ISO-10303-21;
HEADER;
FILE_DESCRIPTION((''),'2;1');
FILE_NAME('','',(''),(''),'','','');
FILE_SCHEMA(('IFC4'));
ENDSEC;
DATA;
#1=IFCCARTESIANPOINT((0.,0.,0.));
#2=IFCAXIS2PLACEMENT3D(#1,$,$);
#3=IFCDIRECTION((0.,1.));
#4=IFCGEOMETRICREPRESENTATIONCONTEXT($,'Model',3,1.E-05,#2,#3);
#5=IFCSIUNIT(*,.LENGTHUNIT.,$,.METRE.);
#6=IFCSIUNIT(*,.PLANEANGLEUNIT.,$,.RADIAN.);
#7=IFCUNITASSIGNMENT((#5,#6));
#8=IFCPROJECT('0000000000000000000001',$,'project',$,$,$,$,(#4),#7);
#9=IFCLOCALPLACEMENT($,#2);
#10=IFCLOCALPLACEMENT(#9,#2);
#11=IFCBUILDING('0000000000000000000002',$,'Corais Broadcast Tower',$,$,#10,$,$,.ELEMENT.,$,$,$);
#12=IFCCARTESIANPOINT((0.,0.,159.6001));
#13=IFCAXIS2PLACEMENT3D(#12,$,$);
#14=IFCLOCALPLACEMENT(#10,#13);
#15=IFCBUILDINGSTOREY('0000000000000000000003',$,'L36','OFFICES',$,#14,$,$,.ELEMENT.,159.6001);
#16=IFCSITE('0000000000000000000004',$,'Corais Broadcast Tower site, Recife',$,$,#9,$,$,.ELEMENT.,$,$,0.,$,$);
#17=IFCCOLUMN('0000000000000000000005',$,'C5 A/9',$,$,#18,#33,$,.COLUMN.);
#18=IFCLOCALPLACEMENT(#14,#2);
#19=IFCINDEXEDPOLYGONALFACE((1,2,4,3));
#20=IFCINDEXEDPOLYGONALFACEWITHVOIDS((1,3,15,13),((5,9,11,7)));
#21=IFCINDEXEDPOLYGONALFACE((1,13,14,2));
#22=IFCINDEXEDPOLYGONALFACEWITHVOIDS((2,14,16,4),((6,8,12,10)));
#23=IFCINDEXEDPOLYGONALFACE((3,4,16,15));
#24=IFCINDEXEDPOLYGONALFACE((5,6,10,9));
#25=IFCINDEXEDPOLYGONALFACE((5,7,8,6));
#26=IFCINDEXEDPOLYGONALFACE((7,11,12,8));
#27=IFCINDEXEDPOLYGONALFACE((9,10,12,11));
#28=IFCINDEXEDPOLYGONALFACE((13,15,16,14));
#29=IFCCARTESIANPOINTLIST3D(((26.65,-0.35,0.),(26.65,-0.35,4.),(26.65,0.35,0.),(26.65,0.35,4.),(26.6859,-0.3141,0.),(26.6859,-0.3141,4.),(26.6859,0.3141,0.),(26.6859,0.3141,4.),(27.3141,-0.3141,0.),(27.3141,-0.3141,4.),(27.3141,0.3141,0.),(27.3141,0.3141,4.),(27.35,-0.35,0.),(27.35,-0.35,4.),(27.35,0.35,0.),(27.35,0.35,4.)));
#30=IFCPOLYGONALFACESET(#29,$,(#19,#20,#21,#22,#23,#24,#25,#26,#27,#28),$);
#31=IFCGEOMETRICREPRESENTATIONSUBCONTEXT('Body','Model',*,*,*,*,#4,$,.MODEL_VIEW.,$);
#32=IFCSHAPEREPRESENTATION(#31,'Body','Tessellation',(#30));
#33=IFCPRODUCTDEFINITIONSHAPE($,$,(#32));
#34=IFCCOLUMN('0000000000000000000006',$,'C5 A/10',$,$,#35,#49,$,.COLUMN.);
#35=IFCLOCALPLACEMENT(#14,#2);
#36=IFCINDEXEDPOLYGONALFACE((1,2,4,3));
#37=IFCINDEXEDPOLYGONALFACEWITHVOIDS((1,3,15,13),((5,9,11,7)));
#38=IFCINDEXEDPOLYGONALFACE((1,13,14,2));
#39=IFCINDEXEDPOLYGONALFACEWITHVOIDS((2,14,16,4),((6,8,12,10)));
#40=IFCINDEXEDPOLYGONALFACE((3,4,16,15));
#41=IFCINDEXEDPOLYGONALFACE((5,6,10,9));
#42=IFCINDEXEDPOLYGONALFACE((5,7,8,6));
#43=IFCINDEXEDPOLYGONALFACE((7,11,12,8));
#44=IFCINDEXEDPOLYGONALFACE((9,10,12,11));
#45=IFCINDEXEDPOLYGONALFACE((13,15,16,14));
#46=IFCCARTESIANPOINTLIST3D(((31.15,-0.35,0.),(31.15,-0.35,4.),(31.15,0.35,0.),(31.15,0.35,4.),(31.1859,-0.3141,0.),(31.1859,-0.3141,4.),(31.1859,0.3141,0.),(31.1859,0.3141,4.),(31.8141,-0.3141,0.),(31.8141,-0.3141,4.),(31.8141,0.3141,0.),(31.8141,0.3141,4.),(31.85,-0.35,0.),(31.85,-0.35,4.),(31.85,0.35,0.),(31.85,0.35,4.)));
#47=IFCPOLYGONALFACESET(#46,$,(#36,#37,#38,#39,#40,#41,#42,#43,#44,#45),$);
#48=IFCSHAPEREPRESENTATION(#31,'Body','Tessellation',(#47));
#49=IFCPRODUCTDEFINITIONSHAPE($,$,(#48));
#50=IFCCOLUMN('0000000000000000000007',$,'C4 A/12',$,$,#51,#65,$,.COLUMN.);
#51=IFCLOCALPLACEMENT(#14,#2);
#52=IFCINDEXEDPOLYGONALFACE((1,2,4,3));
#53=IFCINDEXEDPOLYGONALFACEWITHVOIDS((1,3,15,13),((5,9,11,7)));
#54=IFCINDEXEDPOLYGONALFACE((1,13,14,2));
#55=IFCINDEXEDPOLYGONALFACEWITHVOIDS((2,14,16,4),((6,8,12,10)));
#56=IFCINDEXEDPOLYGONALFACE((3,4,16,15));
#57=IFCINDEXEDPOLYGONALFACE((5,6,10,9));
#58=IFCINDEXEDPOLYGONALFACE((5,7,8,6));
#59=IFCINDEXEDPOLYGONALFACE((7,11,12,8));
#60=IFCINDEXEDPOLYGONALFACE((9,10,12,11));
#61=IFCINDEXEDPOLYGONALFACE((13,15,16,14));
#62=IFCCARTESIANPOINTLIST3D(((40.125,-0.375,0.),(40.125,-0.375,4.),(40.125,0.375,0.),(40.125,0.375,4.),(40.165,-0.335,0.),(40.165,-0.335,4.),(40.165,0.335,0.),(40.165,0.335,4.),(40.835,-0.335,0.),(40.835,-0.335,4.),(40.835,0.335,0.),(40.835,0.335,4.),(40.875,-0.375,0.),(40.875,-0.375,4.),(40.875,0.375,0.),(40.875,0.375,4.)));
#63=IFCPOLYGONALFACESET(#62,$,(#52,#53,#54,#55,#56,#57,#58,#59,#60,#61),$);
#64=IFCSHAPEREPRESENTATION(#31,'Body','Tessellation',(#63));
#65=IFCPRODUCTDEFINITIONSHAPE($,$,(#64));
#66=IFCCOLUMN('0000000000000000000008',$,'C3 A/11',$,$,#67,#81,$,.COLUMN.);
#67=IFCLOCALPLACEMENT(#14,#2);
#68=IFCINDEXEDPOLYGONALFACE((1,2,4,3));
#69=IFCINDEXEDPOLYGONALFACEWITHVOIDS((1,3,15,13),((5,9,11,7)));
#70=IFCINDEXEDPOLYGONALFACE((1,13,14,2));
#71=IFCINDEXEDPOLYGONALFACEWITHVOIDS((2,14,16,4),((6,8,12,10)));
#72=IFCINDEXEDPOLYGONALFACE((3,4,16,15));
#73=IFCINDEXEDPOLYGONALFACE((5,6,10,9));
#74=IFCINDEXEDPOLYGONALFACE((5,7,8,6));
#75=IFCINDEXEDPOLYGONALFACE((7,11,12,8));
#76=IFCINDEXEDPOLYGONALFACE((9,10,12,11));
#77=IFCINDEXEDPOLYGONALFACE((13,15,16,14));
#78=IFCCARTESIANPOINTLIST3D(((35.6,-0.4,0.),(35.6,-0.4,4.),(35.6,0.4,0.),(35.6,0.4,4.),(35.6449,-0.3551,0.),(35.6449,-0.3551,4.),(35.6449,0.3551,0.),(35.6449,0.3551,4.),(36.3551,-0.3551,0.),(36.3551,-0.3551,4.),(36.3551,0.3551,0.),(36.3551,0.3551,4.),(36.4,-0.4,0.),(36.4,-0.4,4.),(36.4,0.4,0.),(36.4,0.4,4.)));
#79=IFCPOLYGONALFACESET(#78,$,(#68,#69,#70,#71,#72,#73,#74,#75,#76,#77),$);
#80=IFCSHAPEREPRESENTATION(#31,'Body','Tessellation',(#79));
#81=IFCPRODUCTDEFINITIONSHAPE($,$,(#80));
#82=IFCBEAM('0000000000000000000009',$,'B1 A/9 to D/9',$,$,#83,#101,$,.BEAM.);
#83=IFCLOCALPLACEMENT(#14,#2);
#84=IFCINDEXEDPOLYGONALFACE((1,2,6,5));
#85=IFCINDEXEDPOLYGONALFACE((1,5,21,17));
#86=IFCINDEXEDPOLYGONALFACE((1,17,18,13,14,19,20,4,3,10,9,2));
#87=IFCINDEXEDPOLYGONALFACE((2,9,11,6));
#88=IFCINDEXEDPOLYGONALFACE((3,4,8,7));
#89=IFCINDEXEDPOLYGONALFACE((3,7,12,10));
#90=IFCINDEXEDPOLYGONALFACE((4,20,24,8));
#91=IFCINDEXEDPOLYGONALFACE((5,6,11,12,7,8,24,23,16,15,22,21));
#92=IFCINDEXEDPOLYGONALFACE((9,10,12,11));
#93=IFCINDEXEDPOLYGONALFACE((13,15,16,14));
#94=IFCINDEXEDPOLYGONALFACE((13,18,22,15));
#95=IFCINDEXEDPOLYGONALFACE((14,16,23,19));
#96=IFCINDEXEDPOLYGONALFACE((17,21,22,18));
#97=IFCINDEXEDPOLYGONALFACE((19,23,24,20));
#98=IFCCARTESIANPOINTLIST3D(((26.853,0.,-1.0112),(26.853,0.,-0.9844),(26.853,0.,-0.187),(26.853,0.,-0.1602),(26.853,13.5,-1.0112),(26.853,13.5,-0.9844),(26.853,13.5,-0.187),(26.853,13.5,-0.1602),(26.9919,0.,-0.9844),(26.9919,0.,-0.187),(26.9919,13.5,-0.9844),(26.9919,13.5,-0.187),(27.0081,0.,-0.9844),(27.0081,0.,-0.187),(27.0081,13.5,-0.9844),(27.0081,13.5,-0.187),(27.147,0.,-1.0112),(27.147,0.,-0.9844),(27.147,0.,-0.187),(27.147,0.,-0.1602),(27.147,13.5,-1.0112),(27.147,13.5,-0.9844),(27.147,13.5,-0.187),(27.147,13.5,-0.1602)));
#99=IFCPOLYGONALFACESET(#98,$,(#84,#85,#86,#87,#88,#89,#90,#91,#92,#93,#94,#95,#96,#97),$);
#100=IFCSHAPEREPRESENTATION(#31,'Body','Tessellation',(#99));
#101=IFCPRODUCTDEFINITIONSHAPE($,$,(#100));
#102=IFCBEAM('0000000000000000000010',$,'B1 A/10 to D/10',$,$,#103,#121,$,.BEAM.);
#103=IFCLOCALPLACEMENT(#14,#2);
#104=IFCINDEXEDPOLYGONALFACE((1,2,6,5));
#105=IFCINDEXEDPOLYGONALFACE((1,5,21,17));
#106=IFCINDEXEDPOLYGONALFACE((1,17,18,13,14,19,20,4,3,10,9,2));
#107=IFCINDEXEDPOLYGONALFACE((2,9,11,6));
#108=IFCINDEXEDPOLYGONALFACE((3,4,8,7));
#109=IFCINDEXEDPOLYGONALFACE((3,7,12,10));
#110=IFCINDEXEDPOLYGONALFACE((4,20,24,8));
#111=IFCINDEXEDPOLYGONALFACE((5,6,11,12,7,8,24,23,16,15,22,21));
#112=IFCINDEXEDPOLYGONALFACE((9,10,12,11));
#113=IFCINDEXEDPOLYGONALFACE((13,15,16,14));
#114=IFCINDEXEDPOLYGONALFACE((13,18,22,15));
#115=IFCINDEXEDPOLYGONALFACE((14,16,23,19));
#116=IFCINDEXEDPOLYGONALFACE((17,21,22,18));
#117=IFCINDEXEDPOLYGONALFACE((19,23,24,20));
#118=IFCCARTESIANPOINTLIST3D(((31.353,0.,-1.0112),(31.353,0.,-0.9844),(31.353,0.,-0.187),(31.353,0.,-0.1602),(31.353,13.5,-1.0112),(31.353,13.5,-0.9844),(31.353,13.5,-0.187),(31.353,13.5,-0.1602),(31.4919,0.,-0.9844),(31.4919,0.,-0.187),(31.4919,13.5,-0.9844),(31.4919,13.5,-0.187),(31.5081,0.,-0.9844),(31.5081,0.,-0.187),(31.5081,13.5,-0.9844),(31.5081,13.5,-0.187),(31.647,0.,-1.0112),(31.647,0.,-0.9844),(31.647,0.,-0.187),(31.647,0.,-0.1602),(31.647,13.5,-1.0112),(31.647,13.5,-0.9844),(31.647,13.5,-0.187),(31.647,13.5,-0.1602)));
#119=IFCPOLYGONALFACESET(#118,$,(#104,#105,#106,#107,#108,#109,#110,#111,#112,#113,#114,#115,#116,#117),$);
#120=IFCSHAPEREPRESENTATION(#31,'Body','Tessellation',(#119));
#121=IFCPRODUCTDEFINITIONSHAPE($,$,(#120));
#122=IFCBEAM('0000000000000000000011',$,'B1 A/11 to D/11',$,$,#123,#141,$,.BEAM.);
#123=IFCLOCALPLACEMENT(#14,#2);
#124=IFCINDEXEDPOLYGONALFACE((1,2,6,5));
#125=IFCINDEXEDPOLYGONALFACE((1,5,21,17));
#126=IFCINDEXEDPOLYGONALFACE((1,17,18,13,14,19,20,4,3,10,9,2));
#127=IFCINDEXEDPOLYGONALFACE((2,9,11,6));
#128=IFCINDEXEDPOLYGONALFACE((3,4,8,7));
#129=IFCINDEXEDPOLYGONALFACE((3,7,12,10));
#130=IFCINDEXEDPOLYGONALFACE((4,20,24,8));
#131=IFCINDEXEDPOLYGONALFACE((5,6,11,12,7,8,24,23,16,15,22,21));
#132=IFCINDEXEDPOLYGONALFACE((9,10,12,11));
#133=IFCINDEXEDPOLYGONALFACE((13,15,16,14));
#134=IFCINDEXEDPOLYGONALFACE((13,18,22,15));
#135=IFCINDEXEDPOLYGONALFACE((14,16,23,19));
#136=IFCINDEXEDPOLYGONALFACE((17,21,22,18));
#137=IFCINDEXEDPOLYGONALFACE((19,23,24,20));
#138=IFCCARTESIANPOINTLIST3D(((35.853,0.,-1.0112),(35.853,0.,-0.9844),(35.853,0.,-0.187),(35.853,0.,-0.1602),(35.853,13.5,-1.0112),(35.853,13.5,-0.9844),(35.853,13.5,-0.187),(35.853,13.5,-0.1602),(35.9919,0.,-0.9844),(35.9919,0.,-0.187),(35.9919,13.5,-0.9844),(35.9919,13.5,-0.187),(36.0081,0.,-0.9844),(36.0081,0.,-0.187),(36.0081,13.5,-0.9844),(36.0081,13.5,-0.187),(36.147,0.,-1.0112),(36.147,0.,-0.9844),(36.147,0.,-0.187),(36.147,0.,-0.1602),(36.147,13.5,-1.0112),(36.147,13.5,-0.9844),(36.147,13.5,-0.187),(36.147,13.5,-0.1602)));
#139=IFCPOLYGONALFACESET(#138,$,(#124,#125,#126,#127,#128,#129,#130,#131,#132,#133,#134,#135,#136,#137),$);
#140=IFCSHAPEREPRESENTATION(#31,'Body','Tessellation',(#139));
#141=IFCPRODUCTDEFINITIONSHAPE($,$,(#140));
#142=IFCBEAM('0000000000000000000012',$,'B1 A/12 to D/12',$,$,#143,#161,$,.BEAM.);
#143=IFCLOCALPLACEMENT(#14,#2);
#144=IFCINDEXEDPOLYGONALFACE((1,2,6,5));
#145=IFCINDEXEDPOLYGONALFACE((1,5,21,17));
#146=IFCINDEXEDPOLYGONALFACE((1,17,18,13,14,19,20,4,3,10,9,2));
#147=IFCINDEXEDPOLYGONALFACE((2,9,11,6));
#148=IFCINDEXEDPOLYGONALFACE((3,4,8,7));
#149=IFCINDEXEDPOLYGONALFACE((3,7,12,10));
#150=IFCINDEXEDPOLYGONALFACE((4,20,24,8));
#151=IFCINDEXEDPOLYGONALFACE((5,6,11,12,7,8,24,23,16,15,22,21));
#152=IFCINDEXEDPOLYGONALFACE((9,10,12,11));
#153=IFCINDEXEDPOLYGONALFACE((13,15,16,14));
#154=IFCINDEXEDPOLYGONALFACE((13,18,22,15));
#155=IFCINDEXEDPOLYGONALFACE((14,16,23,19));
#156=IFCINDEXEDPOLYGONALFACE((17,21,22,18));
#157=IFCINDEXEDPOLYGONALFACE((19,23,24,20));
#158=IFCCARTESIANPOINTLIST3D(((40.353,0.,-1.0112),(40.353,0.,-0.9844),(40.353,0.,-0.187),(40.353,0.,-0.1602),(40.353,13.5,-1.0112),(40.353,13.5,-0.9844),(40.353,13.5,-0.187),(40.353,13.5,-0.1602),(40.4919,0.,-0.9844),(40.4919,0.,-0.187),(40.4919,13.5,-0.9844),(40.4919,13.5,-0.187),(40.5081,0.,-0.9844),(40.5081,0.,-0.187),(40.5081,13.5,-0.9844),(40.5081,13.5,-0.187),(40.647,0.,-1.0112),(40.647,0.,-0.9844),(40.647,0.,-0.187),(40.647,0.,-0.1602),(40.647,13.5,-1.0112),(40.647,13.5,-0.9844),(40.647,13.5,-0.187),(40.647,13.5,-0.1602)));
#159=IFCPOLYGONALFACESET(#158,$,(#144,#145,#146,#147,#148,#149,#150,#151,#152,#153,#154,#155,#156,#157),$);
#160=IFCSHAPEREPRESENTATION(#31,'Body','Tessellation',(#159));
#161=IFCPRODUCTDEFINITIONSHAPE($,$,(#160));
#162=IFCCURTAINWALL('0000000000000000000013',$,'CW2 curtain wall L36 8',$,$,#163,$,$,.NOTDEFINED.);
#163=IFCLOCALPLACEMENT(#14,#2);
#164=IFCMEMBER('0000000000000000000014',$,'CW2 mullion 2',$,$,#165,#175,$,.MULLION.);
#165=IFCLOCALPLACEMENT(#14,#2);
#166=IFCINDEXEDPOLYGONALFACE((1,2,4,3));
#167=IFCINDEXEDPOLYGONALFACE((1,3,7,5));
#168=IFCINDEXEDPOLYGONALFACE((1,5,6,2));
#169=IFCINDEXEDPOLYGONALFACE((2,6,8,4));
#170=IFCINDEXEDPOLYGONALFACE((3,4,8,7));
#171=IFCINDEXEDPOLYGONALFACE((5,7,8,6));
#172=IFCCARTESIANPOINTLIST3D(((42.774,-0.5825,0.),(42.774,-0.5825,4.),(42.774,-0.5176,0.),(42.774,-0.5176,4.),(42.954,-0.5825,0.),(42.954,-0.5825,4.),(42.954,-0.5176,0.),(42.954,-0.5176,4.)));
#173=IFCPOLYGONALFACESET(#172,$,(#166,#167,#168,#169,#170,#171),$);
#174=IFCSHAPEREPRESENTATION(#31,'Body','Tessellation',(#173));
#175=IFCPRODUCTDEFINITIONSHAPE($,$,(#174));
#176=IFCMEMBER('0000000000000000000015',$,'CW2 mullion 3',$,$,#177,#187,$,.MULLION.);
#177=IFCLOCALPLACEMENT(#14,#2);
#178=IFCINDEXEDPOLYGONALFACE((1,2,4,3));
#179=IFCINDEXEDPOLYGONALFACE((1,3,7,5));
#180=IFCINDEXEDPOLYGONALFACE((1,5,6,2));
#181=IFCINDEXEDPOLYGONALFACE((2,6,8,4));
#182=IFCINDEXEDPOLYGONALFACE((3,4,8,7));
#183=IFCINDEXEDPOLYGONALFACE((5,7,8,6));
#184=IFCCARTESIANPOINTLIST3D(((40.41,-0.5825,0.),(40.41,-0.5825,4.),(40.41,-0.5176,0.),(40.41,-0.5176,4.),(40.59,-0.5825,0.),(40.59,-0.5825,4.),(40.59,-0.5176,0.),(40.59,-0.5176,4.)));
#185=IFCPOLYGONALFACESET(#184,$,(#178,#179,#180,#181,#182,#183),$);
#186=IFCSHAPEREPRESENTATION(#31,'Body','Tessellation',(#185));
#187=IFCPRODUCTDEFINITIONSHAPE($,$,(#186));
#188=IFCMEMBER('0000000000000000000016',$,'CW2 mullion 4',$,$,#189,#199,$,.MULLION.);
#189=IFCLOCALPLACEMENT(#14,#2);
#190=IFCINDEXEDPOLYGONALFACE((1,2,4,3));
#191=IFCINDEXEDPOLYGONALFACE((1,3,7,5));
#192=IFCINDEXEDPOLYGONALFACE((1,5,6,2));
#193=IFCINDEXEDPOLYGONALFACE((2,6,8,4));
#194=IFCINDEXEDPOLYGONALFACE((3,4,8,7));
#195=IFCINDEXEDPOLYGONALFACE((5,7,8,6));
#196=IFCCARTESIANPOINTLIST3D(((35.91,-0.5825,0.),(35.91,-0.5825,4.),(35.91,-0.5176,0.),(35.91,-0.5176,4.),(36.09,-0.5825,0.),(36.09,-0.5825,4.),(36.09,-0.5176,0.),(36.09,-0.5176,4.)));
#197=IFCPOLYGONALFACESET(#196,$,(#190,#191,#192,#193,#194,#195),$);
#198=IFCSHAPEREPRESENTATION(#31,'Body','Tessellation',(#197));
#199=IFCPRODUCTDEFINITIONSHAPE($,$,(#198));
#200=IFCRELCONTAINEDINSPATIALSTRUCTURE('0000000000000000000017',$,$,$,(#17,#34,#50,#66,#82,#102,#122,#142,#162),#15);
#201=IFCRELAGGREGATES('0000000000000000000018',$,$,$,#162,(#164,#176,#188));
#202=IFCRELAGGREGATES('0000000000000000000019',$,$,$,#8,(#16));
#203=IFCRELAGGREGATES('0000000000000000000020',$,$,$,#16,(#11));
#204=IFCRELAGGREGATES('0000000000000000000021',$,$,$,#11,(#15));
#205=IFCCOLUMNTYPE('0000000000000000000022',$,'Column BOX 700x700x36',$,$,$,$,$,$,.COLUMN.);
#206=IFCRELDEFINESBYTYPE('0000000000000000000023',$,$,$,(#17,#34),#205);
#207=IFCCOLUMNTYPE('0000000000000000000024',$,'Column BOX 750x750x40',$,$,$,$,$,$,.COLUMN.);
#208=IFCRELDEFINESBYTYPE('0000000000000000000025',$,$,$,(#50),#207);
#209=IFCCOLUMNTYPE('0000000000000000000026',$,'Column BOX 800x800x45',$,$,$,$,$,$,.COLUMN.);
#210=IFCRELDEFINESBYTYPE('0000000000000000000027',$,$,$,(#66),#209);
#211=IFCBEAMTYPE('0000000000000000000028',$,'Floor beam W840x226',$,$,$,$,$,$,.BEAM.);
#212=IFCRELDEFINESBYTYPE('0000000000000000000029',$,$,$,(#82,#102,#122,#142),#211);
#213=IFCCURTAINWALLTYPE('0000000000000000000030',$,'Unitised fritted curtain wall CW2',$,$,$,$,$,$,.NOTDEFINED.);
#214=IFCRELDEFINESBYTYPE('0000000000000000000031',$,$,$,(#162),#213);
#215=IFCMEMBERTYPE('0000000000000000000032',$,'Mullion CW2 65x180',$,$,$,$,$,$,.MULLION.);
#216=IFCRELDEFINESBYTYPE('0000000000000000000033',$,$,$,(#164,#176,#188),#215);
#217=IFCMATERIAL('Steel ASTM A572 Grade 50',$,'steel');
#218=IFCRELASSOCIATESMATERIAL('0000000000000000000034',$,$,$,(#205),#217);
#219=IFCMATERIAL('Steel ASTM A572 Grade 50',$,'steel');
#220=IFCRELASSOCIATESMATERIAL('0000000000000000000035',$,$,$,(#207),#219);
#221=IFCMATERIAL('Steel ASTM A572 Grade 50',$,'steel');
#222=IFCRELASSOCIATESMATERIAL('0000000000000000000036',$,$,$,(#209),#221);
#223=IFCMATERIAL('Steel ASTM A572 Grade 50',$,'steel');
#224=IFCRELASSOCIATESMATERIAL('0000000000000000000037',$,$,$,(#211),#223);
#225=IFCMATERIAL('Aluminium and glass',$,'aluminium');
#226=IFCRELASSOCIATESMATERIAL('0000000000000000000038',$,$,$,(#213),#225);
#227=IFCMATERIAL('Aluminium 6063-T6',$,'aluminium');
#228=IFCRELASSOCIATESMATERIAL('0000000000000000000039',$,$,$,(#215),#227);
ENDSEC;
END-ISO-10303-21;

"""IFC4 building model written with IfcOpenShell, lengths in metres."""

from ifc_helpers import new_model, si_unit, direction, frame, origin, origin_2d, place, context, subcontext, project, spatial, rectangle, hollow_rectangle, i_section, extrude, material, material_profile, profile_set, type_object, element, aggregate, save


model = new_model("IFC4")

# Units and contexts
model_context = context("Model", 3, precision=1e-05, world=origin(), true_north=direction((0.0, 1.0)))
body_context = subcontext(model_context, "Body", "Model", "MODEL_VIEW")
ifc_project = project(units=[si_unit("LENGTHUNIT", "METRE"), si_unit("PLANEANGLEUNIT", "RADIAN")], contexts=[model_context])

# Site, building, storey
site_placement = place(None, origin())
site = spatial("IfcSite", under=ifc_project, at=site_placement, Name="Corais Broadcast Tower site, Recife", CompositionType="ELEMENT", RefElevation=0.0)
building_placement = place(site_placement, origin())
building = spatial("IfcBuilding", under=site, at=building_placement, Name="Corais Broadcast Tower", CompositionType="ELEMENT")
storey_placement = place(building_placement, frame((0.0, 0.0, 159.6001)))
storey = spatial("IfcBuildingStorey", under=building, at=storey_placement, Name="L36", Description="OFFICES", CompositionType="ELEMENT", Elevation=159.6001)

# Columns
ifc_material_1 = material(Name="Steel ASTM A572 Grade 50", Category="steel")
ifc_material_profile_1 = material_profile(ifc_material_1, hollow_rectangle(XDim=0.7, YDim=0.7, WallThickness=0.0359, at=origin_2d()), Name="BOX 700x700x36")
ifc_profile_set_1 = profile_set([ifc_material_profile_1], Name="Steel ASTM A572 Grade 50")
column_type_1 = type_object("IfcColumnType", Name="Column BOX 700x700x36", PredefinedType="COLUMN", material=ifc_profile_set_1)
for number, where, z_axis, x_axis, name in (
    (1, (27.0, 0.0, 0.0), (0.0, 0.0, 1.0), (1.0, 0.0, 0.0), "C5 A/9"),
    (2, (31.5, 0.0, 0.0), (0.0, 0.0, 1.0), (1.0, 0.0, 0.0), "C5 A/10"),
):
    element("IfcColumn", number, at=place(storey_placement, frame(where, z_axis=z_axis, x_axis=x_axis)), inside=storey, type_object=column_type_1, Name=name, PredefinedType="COLUMN", context=body_context, shape_type="SweptSolid", body=[
        extrude(hollow_rectangle(XDim=0.7, YDim=0.7, WallThickness=0.0359, at=origin_2d()), origin(), (0.0, 0.0, 1.0), 4.0),
    ])
ifc_material_2 = material(Name="Steel ASTM A572 Grade 50", Category="steel")
ifc_material_profile_2 = material_profile(ifc_material_2, hollow_rectangle(XDim=0.75, YDim=0.75, WallThickness=0.04, at=origin_2d()), Name="BOX 750x750x40")
ifc_profile_set_2 = profile_set([ifc_material_profile_2], Name="Steel ASTM A572 Grade 50")
column_type_2 = type_object("IfcColumnType", Name="Column BOX 750x750x40", PredefinedType="COLUMN", material=ifc_profile_set_2)
column_1_placement = place(storey_placement, frame((40.5, 0.0, 0.0), z_axis=(0.0, 0.0, 1.0), x_axis=(1.0, 0.0, 0.0)))
element("IfcColumn", 3, at=column_1_placement, inside=storey, type_object=column_type_2, Name="C4 A/12", PredefinedType="COLUMN", context=body_context, shape_type="SweptSolid", body=[
    extrude(hollow_rectangle(XDim=0.75, YDim=0.75, WallThickness=0.04, at=origin_2d()), origin(), (0.0, 0.0, 1.0), 4.0),
])
ifc_material_3 = material(Name="Steel ASTM A572 Grade 50", Category="steel")
ifc_material_profile_3 = material_profile(ifc_material_3, hollow_rectangle(XDim=0.8, YDim=0.8, WallThickness=0.0449, at=origin_2d()), Name="BOX 800x800x45")
ifc_profile_set_3 = profile_set([ifc_material_profile_3], Name="Steel ASTM A572 Grade 50")
column_type_3 = type_object("IfcColumnType", Name="Column BOX 800x800x45", PredefinedType="COLUMN", material=ifc_profile_set_3)
column_2_placement = place(storey_placement, frame((36.0, 0.0, 0.0), z_axis=(0.0, 0.0, 1.0), x_axis=(1.0, 0.0, 0.0)))
element("IfcColumn", 4, at=column_2_placement, inside=storey, type_object=column_type_3, Name="C3 A/11", PredefinedType="COLUMN", context=body_context, shape_type="SweptSolid", body=[
    extrude(hollow_rectangle(XDim=0.8, YDim=0.8, WallThickness=0.0449, at=origin_2d()), origin(), (0.0, 0.0, 1.0), 4.0),
])

# Beams
ifc_material_4 = material(Name="Steel ASTM A572 Grade 50", Category="steel")
ifc_material_profile_4 = material_profile(ifc_material_4, i_section(OverallWidth=0.2939, OverallDepth=0.8511, WebThickness=0.0161, FlangeThickness=0.0269, at=origin_2d()), Name="W840x226")
ifc_profile_set_4 = profile_set([ifc_material_profile_4], Name="Steel ASTM A572 Grade 50")
beam_type_1 = type_object("IfcBeamType", Name="Floor beam W840x226", PredefinedType="BEAM", material=ifc_profile_set_4)
for number, where, z_axis, x_axis, name in (
    (5, (27.0, 0.0, -0.5857), (0.0, 1.0, 0.0), (-1.0, 0.0, 0.0), "B1 A/9 to D/9"),
    (6, (31.5, 0.0, -0.5857), (0.0, 1.0, 0.0), (-1.0, 0.0, 0.0), "B1 A/10 to D/10"),
    (7, (36.0, 0.0, -0.5857), (0.0, 1.0, 0.0), (-1.0, 0.0, 0.0), "B1 A/11 to D/11"),
    (8, (40.5, 0.0, -0.5857), (0.0, 1.0, 0.0), (-1.0, 0.0, 0.0), "B1 A/12 to D/12"),
):
    element("IfcBeam", number, at=place(storey_placement, frame(where, z_axis=z_axis, x_axis=x_axis)), inside=storey, type_object=beam_type_1, Name=name, PredefinedType="BEAM", context=body_context, shape_type="SweptSolid", body=[
        extrude(i_section(OverallWidth=0.2939, OverallDepth=0.8511, WebThickness=0.0161, FlangeThickness=0.0269, at=origin_2d()), origin(), (0.0, 0.0, 1.0), 13.5),
    ])

# Curtain wall, members
ifc_material_5 = material(Name="Aluminium and glass", Category="aluminium")
curtain_wall_type = type_object("IfcCurtainWallType", Name="Unitised fritted curtain wall CW2", PredefinedType="NOTDEFINED", material=ifc_material_5)
curtain_wall_placement = place(storey_placement, origin())
curtain_wall = element("IfcCurtainWall", 9, at=curtain_wall_placement, inside=storey, type_object=curtain_wall_type, Name="CW2 curtain wall L36 8", PredefinedType="NOTDEFINED")
ifc_material_6 = material(Name="Aluminium 6063-T6", Category="aluminium")
ifc_material_profile_5 = material_profile(ifc_material_6, rectangle(XDim=0.0649, YDim=0.1799, at=origin_2d()), Name="Mullion CW2 65x180")
ifc_profile_set_5 = profile_set([ifc_material_profile_5], Name="Aluminium 6063-T6")
member_type_1 = type_object("IfcMemberType", Name="Mullion CW2 65x180", PredefinedType="MULLION", material=ifc_profile_set_5)
member_1_placement = place(storey_placement, frame((42.864, -0.55, 0.0), z_axis=(0.0, 0.0, 1.0), x_axis=(0.0, -1.0, 0.0)))
member_1 = element("IfcMember", 10, at=member_1_placement, type_object=member_type_1, Name="CW2 mullion 2", PredefinedType="MULLION", context=body_context, shape_type="SweptSolid", body=[
    extrude(rectangle(XDim=0.0649, YDim=0.1799, at=origin_2d()), origin(), (0.0, 0.0, 1.0), 4.0),
])
member_2_placement = place(storey_placement, frame((40.5, -0.55, 0.0), z_axis=(0.0, 0.0, 1.0), x_axis=(0.0, -1.0, 0.0)))
member_2 = element("IfcMember", 11, at=member_2_placement, type_object=member_type_1, Name="CW2 mullion 3", PredefinedType="MULLION", context=body_context, shape_type="SweptSolid", body=[
    extrude(rectangle(XDim=0.0649, YDim=0.1799, at=origin_2d()), origin(), (0.0, 0.0, 1.0), 4.0),
])
member_3_placement = place(storey_placement, frame((36.0, -0.55, 0.0), z_axis=(0.0, 0.0, 1.0), x_axis=(0.0, -1.0, 0.0)))
member_3 = element("IfcMember", 12, at=member_3_placement, type_object=member_type_1, Name="CW2 mullion 4", PredefinedType="MULLION", context=body_context, shape_type="SweptSolid", body=[
    extrude(rectangle(XDim=0.0649, YDim=0.1799, at=origin_2d()), origin(), (0.0, 0.0, 1.0), 4.0),
])

aggregate(curtain_wall, [member_1, member_2, member_3])

save(model, "model.ifc")
